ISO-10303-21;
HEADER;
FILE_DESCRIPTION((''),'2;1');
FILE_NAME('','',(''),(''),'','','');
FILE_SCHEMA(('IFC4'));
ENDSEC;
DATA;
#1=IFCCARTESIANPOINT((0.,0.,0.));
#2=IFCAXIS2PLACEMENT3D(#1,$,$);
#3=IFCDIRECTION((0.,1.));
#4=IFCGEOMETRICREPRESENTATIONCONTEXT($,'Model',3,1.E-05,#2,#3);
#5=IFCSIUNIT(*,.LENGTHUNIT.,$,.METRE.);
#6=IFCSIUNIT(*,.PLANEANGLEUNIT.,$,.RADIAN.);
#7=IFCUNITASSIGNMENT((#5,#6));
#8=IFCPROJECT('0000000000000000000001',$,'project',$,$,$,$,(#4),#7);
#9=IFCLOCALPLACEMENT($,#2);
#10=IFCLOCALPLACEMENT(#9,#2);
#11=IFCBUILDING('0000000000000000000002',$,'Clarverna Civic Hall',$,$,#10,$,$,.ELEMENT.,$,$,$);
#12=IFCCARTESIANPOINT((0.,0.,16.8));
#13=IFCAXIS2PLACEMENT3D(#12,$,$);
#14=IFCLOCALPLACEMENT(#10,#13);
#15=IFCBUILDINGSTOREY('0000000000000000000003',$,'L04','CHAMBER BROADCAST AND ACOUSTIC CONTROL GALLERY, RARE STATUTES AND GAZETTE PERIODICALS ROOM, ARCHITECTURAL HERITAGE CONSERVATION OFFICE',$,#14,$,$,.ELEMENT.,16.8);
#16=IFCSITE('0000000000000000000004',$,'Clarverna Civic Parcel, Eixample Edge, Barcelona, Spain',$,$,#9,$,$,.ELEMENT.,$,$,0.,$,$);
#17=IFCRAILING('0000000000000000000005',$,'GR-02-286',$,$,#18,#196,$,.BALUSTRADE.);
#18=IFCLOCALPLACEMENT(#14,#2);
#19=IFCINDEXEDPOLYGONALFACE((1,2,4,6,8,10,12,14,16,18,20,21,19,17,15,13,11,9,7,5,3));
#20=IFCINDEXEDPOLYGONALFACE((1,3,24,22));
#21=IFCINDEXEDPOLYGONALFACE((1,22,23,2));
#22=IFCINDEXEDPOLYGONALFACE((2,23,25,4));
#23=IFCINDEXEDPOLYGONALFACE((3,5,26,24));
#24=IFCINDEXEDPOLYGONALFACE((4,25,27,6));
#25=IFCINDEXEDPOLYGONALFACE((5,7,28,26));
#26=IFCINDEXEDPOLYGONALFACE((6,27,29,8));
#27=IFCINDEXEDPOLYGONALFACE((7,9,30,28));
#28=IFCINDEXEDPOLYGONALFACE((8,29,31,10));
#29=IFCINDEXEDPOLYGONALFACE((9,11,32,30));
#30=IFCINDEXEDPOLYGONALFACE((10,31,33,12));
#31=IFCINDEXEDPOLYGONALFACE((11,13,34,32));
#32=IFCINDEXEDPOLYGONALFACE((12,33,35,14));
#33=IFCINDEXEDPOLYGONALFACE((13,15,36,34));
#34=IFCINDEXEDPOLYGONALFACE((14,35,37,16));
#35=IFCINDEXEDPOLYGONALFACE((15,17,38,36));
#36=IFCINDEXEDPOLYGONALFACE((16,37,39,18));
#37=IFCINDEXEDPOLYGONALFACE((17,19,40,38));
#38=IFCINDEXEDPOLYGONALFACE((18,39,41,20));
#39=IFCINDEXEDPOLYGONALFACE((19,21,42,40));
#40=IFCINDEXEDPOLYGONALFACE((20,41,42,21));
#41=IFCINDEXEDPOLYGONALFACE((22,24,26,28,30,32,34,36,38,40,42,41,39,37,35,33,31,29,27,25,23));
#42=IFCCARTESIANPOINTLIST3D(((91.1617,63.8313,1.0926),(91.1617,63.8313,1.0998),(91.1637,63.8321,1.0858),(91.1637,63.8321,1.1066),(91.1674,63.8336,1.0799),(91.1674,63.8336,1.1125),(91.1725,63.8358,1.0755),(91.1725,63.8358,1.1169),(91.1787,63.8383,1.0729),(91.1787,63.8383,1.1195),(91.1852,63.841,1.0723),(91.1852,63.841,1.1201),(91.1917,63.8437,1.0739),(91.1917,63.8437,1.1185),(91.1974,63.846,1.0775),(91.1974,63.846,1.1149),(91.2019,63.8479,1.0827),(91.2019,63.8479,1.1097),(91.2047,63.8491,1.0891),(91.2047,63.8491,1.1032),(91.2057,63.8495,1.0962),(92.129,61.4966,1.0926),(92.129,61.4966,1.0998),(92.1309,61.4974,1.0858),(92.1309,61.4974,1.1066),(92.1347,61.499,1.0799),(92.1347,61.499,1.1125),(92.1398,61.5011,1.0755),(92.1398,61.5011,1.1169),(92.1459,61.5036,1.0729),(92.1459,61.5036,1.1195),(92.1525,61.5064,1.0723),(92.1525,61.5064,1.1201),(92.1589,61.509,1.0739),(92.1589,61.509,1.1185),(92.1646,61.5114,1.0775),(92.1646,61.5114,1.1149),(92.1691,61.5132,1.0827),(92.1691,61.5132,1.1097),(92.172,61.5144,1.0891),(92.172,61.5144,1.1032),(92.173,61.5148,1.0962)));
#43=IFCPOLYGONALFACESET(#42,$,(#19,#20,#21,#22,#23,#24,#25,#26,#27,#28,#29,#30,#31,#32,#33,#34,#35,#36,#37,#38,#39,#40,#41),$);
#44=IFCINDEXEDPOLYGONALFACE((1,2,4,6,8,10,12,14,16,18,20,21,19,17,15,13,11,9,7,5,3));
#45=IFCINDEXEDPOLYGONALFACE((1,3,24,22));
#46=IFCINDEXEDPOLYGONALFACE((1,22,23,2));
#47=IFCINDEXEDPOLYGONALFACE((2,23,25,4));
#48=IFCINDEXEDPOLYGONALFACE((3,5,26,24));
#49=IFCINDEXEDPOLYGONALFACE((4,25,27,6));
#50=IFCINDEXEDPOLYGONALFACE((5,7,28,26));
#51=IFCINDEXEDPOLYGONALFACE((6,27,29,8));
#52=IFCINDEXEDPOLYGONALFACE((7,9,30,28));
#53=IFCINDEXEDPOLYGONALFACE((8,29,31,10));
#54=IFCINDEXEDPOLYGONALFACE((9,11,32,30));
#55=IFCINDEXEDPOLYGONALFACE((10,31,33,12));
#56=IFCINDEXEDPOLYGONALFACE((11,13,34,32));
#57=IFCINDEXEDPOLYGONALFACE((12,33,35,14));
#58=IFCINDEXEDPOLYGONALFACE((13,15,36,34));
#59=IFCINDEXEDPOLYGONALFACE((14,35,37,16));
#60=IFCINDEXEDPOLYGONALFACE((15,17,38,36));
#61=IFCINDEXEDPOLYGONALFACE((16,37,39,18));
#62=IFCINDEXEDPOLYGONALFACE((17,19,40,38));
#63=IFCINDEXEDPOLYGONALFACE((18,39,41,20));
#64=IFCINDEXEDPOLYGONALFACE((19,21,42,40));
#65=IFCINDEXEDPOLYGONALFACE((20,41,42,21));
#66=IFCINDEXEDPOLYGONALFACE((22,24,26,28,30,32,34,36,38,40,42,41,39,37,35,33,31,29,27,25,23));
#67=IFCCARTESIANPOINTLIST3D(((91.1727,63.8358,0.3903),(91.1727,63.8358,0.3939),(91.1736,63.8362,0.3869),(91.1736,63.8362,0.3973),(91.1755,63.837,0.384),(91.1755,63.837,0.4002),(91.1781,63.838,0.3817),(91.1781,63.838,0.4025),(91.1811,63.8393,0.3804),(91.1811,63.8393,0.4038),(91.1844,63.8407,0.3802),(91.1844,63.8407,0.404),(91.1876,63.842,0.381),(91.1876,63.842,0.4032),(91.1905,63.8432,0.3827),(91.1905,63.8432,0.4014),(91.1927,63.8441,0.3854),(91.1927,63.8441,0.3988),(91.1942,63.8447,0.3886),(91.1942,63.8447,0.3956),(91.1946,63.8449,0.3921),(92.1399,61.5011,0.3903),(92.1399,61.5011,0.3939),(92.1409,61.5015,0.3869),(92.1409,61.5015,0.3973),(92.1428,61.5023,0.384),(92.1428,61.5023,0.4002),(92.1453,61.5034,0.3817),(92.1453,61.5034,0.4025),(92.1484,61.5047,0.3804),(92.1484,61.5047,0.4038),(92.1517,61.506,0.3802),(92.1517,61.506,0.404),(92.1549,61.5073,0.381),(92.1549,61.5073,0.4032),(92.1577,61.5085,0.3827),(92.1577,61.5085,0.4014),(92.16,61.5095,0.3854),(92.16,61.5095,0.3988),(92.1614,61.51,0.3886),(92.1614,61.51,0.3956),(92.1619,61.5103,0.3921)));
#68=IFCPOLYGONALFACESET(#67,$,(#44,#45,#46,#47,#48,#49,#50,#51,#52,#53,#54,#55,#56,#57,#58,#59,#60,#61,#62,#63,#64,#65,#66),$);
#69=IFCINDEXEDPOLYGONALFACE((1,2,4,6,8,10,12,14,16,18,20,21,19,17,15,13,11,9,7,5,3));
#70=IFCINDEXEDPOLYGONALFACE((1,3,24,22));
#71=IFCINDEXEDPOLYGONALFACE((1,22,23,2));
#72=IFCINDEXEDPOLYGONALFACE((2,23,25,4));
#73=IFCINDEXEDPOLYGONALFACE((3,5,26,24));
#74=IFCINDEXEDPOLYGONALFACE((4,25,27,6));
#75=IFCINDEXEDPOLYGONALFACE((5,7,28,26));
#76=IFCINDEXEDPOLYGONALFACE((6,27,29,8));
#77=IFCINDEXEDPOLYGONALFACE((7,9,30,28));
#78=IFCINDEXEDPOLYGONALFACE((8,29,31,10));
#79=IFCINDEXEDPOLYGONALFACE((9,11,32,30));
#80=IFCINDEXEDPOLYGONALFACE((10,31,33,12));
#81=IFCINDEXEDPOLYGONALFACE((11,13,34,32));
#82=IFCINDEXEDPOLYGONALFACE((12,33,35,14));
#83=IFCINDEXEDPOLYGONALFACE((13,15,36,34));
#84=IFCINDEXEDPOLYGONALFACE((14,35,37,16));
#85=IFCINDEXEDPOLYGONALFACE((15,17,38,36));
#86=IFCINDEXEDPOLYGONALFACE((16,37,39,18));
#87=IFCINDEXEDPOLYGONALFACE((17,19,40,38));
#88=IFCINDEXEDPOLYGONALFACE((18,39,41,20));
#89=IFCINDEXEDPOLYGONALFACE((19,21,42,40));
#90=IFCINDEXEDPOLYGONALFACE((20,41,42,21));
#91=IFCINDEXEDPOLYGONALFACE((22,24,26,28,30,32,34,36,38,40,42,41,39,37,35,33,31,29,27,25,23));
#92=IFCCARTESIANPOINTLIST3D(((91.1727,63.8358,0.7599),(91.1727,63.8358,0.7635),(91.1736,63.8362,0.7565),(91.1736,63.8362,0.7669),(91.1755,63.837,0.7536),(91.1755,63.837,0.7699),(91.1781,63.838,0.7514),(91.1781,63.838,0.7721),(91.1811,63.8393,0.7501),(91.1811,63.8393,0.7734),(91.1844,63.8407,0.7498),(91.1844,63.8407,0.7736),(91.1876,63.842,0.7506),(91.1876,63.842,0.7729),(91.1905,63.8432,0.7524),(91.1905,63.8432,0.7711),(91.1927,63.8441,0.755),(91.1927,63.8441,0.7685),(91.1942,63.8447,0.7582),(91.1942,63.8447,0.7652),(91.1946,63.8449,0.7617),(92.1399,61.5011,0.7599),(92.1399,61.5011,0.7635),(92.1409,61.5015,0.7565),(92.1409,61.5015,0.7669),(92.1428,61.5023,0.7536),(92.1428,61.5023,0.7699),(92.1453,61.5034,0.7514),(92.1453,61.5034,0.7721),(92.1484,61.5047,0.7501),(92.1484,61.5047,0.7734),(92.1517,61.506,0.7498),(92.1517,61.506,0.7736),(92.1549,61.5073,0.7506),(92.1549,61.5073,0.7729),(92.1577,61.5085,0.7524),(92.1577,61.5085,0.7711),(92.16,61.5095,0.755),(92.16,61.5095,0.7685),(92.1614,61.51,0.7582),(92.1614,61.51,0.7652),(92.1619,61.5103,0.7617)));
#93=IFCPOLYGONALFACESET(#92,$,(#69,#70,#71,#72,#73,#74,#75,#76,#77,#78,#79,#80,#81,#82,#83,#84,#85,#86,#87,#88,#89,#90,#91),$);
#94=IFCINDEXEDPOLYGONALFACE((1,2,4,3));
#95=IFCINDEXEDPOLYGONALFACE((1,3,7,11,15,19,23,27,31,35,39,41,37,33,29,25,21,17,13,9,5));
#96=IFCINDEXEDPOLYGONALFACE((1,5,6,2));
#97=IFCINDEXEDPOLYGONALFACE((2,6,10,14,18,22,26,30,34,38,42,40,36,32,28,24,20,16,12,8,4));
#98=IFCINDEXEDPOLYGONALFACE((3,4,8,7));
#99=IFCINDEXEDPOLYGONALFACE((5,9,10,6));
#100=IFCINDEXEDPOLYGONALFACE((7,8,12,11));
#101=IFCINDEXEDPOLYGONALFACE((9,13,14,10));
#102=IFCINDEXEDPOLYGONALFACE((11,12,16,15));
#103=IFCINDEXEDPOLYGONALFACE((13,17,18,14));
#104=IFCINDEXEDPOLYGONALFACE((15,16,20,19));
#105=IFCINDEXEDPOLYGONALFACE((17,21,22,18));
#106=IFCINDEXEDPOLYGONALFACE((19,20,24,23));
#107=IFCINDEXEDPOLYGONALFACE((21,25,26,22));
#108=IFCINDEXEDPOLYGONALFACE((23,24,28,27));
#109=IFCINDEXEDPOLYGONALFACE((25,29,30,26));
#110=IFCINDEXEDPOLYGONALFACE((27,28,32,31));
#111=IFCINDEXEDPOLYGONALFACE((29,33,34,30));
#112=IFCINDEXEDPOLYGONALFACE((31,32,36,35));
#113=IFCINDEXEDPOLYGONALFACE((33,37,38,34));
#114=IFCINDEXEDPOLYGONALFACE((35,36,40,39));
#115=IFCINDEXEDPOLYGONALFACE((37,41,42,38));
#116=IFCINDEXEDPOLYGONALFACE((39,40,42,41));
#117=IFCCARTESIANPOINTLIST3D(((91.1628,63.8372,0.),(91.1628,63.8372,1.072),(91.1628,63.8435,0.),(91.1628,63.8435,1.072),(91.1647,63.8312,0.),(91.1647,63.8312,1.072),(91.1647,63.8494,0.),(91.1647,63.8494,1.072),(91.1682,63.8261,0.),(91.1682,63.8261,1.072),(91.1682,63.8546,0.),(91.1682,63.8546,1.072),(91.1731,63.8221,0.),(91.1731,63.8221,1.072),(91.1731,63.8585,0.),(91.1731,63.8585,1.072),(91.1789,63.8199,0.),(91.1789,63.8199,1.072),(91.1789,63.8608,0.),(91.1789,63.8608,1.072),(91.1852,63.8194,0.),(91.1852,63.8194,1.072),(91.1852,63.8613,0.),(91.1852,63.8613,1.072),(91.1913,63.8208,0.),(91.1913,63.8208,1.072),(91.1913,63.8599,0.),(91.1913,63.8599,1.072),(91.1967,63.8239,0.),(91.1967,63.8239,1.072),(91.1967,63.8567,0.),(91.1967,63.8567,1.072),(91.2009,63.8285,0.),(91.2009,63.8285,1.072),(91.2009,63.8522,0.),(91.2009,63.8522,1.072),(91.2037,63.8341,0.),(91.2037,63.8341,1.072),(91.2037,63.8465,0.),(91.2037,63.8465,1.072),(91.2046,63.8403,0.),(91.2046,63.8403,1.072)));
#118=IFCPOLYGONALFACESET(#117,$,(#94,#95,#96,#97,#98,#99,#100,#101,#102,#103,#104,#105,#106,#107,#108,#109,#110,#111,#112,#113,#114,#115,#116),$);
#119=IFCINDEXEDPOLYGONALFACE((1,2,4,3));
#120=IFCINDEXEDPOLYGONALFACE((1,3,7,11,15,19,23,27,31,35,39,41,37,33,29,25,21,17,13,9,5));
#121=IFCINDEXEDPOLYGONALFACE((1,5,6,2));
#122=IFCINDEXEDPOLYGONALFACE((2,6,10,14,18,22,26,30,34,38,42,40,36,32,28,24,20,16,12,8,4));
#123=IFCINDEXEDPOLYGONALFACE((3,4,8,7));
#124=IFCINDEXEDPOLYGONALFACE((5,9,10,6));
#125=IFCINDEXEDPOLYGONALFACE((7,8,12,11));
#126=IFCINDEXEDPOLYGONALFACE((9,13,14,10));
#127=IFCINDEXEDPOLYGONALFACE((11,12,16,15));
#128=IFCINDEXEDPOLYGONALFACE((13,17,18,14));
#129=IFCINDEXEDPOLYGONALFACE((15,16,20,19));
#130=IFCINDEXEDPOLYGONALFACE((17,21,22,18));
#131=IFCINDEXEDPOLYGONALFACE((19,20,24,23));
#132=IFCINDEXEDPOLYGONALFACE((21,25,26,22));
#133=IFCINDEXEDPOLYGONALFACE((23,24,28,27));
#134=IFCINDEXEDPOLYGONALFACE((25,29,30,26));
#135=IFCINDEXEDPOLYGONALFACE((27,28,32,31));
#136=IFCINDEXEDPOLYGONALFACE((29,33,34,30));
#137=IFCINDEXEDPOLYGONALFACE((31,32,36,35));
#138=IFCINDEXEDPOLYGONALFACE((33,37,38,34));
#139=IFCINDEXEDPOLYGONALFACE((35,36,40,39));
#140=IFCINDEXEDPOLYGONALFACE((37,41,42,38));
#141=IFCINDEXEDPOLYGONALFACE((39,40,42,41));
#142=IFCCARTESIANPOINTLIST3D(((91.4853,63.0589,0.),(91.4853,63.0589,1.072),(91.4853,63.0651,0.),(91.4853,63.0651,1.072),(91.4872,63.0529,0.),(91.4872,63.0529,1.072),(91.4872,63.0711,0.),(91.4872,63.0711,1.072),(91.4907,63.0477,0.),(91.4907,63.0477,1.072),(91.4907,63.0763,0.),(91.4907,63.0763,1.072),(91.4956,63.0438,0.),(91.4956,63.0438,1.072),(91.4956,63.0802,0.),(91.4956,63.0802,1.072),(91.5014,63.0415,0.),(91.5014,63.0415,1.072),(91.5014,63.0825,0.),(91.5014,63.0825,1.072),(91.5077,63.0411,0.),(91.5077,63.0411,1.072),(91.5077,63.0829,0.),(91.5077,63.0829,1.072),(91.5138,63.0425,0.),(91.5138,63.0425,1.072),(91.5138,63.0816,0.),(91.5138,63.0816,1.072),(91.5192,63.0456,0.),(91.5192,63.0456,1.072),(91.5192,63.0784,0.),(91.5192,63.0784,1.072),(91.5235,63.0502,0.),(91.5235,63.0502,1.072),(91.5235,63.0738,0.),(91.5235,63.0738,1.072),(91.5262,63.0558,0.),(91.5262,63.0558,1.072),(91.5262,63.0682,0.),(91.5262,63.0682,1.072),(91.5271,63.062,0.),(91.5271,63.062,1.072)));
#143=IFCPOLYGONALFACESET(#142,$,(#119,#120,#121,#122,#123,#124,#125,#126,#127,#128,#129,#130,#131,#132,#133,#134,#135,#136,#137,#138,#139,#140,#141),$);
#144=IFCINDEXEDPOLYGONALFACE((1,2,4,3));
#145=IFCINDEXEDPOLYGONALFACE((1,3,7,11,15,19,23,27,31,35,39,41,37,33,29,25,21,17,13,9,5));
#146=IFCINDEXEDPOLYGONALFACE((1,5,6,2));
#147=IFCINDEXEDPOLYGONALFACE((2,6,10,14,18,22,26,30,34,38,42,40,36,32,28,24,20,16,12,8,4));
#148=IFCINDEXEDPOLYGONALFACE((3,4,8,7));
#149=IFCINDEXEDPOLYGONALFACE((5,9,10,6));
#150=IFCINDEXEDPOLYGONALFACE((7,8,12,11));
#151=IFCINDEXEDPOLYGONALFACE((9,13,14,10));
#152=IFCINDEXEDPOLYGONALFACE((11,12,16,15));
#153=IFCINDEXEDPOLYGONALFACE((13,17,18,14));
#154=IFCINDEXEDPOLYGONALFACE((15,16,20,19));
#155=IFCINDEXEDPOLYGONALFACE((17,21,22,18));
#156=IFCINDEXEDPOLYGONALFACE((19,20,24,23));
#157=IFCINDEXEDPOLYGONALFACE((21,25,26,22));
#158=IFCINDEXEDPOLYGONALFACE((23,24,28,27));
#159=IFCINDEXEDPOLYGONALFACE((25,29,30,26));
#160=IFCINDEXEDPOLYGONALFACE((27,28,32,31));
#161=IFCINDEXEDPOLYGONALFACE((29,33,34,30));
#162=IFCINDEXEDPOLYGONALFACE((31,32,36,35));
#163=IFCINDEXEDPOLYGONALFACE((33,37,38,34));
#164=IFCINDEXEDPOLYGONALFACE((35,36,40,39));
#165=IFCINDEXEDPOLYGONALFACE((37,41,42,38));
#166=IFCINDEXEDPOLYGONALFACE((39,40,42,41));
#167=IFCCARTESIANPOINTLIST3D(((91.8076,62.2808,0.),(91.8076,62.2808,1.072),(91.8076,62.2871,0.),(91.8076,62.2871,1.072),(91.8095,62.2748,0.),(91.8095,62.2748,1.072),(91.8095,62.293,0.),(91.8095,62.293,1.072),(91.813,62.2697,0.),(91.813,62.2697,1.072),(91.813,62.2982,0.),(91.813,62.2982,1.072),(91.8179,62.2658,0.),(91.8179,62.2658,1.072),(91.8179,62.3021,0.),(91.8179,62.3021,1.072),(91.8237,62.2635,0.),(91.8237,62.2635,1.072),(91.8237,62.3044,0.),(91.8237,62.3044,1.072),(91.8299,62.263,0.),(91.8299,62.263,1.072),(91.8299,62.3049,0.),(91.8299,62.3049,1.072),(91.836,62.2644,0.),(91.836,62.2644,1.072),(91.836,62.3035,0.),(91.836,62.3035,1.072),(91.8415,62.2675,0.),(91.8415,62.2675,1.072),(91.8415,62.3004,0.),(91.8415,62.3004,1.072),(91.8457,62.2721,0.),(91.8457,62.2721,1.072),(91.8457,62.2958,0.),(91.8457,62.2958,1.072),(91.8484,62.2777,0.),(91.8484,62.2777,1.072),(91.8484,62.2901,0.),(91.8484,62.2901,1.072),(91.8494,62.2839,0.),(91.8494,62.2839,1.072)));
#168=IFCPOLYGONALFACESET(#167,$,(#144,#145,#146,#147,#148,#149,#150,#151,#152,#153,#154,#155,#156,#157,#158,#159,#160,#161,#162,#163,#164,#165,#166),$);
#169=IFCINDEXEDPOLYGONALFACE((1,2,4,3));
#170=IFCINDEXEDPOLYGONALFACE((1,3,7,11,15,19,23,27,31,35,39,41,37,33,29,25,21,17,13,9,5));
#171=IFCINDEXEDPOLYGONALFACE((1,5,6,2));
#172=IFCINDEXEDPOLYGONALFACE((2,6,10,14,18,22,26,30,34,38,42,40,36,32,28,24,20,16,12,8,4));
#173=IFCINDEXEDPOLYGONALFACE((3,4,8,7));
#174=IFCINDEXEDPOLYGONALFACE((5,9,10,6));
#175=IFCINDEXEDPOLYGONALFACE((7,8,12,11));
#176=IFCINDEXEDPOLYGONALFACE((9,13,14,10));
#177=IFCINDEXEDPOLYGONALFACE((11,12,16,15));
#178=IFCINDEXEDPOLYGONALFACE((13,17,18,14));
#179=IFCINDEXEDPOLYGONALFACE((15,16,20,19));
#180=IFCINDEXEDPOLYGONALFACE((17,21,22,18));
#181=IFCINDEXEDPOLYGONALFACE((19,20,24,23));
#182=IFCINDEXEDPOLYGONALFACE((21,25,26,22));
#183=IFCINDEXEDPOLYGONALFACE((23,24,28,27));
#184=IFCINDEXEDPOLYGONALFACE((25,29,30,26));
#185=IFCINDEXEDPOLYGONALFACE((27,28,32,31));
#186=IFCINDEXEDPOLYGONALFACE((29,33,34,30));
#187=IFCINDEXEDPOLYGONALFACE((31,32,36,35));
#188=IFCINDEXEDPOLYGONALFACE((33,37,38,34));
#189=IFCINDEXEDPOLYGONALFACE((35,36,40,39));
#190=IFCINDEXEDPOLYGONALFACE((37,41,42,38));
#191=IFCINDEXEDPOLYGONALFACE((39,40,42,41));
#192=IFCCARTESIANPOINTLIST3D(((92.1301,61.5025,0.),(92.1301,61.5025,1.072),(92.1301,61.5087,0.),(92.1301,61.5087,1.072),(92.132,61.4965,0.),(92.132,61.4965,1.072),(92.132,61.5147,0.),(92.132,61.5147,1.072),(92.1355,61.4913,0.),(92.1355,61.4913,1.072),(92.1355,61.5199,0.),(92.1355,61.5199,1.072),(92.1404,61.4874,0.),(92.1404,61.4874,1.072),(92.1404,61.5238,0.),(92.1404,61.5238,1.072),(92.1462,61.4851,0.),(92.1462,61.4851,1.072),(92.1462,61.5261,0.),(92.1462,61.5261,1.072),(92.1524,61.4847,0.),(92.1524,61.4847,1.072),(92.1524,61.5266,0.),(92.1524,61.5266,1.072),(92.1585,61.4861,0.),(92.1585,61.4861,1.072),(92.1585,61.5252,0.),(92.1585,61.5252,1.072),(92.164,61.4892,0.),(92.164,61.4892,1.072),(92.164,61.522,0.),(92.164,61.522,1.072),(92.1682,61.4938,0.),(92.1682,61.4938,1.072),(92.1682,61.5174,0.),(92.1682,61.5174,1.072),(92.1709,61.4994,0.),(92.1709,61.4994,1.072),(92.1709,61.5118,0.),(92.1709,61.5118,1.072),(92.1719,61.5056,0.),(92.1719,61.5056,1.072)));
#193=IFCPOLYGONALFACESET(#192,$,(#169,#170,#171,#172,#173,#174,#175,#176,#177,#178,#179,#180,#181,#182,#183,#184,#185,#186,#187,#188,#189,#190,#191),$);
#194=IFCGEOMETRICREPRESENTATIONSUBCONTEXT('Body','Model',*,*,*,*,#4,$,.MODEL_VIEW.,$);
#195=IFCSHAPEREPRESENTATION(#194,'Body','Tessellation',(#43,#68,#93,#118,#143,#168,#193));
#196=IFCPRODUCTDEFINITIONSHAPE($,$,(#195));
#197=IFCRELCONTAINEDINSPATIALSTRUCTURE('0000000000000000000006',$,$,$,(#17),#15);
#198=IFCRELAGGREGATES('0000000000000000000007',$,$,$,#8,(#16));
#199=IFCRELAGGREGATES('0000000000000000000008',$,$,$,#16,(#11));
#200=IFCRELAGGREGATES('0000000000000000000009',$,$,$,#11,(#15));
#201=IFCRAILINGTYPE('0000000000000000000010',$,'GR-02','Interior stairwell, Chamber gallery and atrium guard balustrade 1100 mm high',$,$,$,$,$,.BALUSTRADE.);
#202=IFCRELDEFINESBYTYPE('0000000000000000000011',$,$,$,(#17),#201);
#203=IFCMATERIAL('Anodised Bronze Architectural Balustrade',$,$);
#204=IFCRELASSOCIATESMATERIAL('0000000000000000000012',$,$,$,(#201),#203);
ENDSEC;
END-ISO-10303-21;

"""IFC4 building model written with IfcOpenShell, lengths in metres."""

from ifc_helpers import new_model, si_unit, direction, frame, origin, origin_2d, place, context, subcontext, project, spatial, circle, extrude, material, type_object, element, save


model = new_model("IFC4")

# Units and contexts
model_context = context("Model", 3, precision=1e-05, world=origin(), true_north=direction((0.0, 1.0)))
body_context = subcontext(model_context, "Body", "Model", "MODEL_VIEW")
ifc_project = project(units=[si_unit("LENGTHUNIT", "METRE"), si_unit("PLANEANGLEUNIT", "RADIAN")], contexts=[model_context])

# Site, building, storey
site_placement = place(None, origin())
site = spatial("IfcSite", under=ifc_project, at=site_placement, Name="Clarverna Civic Parcel, Eixample Edge, Barcelona, Spain", CompositionType="ELEMENT", RefElevation=0.0)
building_placement = place(site_placement, origin())
building = spatial("IfcBuilding", under=site, at=building_placement, Name="Clarverna Civic Hall", CompositionType="ELEMENT")
storey_placement = place(building_placement, frame((0.0, 0.0, 16.8)))
storey = spatial("IfcBuildingStorey", under=building, at=storey_placement, Name="L04", Description="CHAMBER BROADCAST AND ACOUSTIC CONTROL GALLERY, RARE STATUTES AND GAZETTE PERIODICALS ROOM, ARCHITECTURAL HERITAGE CONSERVATION OFFICE", CompositionType="ELEMENT", Elevation=16.8)

# Railing
ifc_material_1 = material(Name="Anodised Bronze Architectural Balustrade")
railing_type = type_object("IfcRailingType", Name="GR-02", Description="Interior stairwell, Chamber gallery and atrium guard balustrade 1100 mm high", PredefinedType="BALUSTRADE", material=ifc_material_1)
railing_1_placement = place(storey_placement, frame((91.1836, 63.8403, 0.0)))
element("IfcRailing", 1, at=railing_1_placement, inside=storey, type_object=railing_type, Name="GR-02-286", PredefinedType="BALUSTRADE", context=body_context, shape_type="SweptSolid", body=[
    extrude(circle(Radius=0.0239, at=origin_2d()), frame((0.0, 0.0, 1.0962), z_axis=(0.382756, -0.92385, 0.0), x_axis=(0.92385, 0.382756, 0.0)), (0.0, 0.0, 1.0), 2.5271),
    extrude(circle(Radius=0.012, at=origin_2d()), frame((0.0, 0.0, 0.3921), z_axis=(0.382756, -0.92385, 0.0), x_axis=(0.92385, 0.382756, 0.0)), (0.0, 0.0, 1.0), 2.5271),
    extrude(circle(Radius=0.012, at=origin_2d()), frame((0.0, 0.0, 0.7617), z_axis=(0.382756, -0.92385, 0.0), x_axis=(0.92385, 0.382756, 0.0)), (0.0, 0.0, 1.0), 2.5271),
    extrude(circle(Radius=0.021, at=origin_2d()), origin(), (0.0, 0.0, 1.0), 1.072),
    extrude(circle(Radius=0.021, at=origin_2d()), frame((0.3225, -0.7783, 0.0)), (0.0, 0.0, 1.0), 1.072),
    extrude(circle(Radius=0.021, at=origin_2d()), frame((0.6448, -1.5564, 0.0)), (0.0, 0.0, 1.0), 1.072),
    extrude(circle(Radius=0.021, at=origin_2d()), frame((0.9673, -2.3347, 0.0)), (0.0, 0.0, 1.0), 1.072),
])

save(model, "model.ifc")
